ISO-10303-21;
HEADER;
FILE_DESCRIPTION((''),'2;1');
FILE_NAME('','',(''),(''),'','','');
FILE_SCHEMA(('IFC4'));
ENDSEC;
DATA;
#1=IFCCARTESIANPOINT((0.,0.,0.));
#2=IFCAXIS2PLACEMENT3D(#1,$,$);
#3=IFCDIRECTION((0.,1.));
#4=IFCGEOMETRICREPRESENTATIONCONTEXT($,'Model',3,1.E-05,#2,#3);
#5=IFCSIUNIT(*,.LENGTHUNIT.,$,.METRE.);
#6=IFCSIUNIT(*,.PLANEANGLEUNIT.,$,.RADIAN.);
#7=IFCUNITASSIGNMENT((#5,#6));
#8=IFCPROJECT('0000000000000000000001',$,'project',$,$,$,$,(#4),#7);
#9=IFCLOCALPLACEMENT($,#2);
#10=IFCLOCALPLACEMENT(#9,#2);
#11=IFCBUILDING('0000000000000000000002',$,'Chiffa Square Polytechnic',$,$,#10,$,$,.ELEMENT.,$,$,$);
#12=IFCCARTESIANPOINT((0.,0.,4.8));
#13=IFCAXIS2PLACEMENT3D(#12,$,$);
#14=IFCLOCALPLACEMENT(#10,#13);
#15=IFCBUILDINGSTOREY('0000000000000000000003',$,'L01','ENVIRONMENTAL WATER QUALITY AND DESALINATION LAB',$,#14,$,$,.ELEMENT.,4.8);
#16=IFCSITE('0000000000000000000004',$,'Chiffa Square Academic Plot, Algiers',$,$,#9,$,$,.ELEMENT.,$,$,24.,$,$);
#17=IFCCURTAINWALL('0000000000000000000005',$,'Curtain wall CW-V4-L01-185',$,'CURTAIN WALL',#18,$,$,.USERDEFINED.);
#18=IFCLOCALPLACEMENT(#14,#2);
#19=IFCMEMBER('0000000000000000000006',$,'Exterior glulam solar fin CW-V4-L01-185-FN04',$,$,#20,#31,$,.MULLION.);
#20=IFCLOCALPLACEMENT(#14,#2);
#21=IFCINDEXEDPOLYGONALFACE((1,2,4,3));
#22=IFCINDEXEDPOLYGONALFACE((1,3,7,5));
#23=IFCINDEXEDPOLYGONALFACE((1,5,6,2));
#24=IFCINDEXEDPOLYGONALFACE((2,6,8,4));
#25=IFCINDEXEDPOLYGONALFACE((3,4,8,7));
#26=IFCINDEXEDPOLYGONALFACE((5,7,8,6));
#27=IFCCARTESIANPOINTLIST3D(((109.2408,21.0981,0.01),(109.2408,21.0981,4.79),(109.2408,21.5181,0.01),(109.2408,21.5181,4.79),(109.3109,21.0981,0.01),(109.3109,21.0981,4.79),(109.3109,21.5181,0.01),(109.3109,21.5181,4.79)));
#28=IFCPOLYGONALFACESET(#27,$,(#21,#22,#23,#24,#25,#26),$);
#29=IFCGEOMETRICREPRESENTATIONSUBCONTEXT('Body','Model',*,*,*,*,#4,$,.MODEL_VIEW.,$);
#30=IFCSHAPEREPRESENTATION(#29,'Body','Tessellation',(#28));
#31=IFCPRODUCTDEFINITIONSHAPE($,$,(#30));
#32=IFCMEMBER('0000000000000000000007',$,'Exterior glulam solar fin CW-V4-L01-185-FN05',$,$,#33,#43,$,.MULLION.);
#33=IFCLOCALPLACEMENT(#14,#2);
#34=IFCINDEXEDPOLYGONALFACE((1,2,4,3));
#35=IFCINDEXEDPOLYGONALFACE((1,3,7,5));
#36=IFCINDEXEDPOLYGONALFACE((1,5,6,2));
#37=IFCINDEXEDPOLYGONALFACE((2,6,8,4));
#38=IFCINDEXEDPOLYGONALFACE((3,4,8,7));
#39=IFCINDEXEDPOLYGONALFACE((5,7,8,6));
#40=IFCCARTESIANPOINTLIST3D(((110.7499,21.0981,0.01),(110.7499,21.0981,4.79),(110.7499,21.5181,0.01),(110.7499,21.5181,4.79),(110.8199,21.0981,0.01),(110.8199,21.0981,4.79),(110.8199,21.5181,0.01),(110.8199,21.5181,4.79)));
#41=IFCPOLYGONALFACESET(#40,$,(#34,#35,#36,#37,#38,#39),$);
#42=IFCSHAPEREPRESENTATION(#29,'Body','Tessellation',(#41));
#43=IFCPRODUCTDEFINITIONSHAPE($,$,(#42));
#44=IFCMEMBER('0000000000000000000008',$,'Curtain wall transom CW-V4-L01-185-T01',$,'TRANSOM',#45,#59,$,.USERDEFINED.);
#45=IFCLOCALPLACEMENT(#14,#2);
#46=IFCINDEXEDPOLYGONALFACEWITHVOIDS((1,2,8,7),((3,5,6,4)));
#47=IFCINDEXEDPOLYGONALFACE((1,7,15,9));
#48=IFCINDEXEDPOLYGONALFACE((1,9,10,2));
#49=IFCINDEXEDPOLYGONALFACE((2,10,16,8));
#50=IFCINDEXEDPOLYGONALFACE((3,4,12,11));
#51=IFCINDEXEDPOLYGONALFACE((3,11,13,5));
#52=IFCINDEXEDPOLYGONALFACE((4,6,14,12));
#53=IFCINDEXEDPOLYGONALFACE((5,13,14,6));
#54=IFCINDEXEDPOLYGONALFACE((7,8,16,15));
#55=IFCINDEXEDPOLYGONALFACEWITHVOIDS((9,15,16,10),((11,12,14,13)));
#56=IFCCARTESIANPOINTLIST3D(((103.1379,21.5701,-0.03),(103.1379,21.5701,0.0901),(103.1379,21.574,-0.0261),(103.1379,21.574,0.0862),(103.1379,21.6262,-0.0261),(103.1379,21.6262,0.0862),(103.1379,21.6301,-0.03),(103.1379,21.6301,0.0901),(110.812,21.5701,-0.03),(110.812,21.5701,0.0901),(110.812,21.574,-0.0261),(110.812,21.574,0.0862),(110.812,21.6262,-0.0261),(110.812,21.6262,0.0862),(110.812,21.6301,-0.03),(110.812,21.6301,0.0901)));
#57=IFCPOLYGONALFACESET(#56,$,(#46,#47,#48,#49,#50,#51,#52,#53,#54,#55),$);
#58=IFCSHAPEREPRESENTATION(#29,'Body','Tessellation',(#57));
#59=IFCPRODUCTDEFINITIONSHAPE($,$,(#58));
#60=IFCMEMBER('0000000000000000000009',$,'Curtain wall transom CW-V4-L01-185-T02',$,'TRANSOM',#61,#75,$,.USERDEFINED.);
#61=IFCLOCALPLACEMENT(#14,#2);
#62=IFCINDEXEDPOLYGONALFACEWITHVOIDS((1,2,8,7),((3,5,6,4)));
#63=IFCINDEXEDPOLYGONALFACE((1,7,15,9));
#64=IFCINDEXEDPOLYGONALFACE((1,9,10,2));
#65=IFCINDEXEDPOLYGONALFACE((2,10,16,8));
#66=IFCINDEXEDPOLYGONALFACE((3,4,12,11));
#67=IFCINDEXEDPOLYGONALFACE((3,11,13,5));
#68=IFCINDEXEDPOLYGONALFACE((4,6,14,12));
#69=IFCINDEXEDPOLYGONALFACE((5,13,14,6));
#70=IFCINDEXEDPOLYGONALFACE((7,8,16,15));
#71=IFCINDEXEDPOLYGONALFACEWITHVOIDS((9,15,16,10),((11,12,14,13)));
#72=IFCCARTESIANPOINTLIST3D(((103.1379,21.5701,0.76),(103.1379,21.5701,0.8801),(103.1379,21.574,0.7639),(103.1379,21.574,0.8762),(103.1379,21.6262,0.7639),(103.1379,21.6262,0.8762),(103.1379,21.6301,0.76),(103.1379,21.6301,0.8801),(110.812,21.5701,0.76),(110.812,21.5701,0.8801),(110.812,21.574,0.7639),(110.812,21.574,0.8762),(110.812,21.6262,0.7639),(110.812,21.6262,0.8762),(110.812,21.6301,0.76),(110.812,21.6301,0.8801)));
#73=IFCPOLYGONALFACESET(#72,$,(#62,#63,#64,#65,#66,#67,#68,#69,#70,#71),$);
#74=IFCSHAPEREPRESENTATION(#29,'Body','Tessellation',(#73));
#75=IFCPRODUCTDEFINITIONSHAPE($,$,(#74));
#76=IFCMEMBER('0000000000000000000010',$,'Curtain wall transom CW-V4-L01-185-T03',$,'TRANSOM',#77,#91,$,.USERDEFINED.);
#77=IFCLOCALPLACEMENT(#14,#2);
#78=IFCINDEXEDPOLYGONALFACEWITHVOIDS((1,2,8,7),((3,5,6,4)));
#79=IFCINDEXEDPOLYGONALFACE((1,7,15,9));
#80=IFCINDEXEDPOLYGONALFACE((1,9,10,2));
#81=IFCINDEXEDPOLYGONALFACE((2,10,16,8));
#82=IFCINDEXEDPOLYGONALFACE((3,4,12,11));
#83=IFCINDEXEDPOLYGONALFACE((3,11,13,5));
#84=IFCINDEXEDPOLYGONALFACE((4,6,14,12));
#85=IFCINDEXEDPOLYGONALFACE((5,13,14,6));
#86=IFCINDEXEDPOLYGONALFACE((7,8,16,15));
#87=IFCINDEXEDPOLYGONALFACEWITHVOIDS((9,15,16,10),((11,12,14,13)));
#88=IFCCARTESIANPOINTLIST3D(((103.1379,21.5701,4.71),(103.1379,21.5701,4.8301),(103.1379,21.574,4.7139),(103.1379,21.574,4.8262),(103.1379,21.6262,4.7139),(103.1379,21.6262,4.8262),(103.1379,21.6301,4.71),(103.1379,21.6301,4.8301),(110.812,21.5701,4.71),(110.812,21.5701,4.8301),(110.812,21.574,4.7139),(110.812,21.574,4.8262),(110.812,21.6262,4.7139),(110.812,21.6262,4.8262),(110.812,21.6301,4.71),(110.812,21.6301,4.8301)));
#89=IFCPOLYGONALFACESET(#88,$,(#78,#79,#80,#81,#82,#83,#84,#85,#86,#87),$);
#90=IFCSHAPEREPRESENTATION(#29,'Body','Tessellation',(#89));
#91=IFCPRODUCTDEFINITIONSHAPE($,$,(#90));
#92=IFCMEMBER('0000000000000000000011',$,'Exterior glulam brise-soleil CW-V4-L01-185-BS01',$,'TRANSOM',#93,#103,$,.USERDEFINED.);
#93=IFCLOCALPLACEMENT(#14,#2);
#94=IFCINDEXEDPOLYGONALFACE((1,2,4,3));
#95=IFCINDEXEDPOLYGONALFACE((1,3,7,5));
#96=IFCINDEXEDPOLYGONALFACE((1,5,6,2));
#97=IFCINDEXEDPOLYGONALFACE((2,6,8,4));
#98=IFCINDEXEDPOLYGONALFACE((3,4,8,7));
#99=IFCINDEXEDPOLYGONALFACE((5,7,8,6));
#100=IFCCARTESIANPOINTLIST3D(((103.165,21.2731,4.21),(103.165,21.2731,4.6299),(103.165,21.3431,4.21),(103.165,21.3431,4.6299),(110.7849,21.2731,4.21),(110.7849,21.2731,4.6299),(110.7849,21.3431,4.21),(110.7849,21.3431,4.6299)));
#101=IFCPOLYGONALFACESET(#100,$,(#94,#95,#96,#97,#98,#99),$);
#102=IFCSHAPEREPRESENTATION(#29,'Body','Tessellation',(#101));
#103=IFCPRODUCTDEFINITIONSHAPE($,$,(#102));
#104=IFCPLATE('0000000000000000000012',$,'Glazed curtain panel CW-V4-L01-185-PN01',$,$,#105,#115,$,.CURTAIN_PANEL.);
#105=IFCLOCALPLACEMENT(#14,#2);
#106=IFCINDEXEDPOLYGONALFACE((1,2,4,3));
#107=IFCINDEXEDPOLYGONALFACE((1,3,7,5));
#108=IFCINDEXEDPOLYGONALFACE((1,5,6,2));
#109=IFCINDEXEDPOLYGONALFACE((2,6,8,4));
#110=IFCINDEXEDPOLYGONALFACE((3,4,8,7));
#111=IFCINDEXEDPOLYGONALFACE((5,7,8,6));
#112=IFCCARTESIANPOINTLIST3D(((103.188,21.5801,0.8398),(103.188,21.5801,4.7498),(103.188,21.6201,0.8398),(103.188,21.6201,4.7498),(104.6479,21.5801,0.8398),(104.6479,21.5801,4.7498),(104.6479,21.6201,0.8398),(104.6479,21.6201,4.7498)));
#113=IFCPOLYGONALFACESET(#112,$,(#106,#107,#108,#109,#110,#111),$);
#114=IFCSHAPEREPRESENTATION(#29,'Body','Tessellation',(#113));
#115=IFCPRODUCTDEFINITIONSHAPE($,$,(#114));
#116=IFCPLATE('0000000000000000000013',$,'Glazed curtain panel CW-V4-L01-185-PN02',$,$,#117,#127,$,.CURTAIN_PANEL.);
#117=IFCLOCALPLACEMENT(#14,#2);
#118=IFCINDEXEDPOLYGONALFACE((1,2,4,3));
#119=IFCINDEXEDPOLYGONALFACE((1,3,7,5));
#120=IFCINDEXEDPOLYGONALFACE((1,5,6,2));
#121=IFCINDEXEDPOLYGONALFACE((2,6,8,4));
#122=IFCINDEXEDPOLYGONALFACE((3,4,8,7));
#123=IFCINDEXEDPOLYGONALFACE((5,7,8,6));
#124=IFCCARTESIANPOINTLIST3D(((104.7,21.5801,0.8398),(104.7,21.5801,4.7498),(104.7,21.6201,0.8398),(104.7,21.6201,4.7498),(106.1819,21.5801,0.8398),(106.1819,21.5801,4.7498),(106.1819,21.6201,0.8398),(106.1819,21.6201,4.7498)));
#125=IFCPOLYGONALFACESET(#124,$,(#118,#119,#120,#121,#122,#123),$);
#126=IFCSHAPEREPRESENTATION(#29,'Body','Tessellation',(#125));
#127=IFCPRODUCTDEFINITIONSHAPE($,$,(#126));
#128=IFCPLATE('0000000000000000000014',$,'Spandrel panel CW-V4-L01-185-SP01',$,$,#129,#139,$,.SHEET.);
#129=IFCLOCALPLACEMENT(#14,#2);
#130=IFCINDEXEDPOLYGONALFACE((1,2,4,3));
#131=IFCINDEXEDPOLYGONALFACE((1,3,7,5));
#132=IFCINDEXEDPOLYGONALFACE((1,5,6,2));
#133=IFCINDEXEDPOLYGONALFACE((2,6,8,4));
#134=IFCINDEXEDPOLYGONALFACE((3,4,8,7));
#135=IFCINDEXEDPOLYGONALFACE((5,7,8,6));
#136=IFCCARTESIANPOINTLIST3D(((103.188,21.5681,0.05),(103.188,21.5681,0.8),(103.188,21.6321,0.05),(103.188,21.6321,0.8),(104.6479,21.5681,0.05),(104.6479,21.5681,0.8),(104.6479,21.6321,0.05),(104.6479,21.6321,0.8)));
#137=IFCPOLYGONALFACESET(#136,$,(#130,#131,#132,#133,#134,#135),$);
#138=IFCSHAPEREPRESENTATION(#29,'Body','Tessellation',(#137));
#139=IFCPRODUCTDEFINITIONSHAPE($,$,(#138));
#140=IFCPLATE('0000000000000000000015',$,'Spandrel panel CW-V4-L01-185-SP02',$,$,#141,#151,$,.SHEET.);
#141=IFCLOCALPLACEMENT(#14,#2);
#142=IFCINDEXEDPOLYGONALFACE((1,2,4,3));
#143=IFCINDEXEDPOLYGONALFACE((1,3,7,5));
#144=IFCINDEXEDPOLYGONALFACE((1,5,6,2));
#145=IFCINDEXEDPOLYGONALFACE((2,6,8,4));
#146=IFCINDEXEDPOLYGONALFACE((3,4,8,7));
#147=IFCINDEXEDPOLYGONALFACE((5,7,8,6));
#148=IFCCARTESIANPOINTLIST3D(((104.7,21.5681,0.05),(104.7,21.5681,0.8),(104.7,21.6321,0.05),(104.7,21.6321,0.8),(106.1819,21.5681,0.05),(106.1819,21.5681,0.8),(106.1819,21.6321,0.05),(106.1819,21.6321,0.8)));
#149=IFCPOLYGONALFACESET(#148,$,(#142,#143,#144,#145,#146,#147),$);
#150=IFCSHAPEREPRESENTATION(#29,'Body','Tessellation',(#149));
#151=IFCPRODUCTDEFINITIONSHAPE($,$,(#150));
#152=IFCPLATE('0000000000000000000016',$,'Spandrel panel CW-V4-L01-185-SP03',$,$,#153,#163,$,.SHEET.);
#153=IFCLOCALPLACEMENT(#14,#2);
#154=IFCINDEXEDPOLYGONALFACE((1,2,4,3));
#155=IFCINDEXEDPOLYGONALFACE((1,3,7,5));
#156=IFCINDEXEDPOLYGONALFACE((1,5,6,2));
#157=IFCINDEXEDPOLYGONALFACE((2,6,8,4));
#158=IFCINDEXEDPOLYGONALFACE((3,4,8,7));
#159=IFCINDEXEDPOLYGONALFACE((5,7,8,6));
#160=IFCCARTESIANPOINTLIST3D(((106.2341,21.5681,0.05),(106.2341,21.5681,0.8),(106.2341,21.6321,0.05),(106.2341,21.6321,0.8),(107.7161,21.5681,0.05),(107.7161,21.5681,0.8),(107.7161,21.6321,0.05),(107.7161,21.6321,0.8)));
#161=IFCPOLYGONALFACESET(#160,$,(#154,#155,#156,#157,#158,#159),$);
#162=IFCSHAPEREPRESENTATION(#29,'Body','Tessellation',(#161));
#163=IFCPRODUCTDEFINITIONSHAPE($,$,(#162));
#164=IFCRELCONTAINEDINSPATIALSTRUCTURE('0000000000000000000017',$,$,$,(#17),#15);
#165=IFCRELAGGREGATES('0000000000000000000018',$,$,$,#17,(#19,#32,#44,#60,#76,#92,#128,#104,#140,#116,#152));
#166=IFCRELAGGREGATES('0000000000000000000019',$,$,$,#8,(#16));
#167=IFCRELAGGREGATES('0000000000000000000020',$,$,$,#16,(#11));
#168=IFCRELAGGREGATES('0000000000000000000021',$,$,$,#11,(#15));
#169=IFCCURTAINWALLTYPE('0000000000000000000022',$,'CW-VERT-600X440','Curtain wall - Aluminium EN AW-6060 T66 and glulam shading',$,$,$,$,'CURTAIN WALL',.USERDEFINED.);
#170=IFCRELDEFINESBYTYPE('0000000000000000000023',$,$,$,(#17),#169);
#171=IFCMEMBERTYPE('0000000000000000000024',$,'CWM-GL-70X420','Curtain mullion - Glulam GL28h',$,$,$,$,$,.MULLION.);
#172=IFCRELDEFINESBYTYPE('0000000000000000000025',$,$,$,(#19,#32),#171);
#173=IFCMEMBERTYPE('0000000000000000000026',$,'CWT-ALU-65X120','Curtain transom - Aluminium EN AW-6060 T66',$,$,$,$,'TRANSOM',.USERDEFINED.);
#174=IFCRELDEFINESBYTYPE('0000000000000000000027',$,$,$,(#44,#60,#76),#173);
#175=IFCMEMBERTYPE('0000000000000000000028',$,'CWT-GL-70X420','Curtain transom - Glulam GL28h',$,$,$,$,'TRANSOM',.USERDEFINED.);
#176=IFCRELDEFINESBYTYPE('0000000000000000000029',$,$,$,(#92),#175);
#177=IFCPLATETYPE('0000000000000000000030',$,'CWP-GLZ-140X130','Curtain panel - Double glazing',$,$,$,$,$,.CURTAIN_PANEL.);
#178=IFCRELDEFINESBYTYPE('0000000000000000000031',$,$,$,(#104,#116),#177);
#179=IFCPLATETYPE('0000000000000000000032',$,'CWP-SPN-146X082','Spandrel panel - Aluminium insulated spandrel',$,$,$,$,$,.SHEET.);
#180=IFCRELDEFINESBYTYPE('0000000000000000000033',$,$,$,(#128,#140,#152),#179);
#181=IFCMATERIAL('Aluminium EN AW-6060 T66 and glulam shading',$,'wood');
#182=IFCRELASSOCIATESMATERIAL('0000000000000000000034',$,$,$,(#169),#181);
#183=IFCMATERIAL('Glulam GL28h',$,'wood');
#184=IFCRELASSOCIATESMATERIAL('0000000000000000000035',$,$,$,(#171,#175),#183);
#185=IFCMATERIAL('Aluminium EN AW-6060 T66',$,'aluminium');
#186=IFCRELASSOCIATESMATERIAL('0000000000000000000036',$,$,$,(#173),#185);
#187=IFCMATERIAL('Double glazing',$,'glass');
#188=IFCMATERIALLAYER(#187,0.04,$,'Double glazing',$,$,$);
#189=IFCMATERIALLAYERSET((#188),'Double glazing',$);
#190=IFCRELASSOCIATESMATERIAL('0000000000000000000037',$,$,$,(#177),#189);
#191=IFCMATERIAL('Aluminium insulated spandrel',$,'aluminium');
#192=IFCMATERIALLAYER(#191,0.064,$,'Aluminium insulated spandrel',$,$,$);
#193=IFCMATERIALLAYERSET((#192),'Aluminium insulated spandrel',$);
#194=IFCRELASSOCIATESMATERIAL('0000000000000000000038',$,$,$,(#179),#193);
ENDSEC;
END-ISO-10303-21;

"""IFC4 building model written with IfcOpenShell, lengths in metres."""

from ifc_helpers import new_model, si_unit, direction, frame, origin, origin_2d, place, context, subcontext, project, spatial, rectangle, hollow_rectangle, extrude, material, layer, layer_set, material_profile, profile_set, type_object, element, aggregate, save


model = new_model("IFC4")

# Units and contexts
model_context = context("Model", 3, precision=1e-05, world=origin(), true_north=direction((0.0, 1.0)))
body_context = subcontext(model_context, "Body", "Model", "MODEL_VIEW")
ifc_project = project(units=[si_unit("LENGTHUNIT", "METRE"), si_unit("PLANEANGLEUNIT", "RADIAN")], contexts=[model_context])

# Site, building, storey
site_placement = place(None, origin())
site = spatial("IfcSite", under=ifc_project, at=site_placement, Name="Chiffa Square Academic Plot, Algiers", CompositionType="ELEMENT", RefElevation=24.0)
building_placement = place(site_placement, origin())
building = spatial("IfcBuilding", under=site, at=building_placement, Name="Chiffa Square Polytechnic", CompositionType="ELEMENT")
storey_placement = place(building_placement, frame((0.0, 0.0, 4.8)))
storey = spatial("IfcBuildingStorey", under=building, at=storey_placement, Name="L01", Description="ENVIRONMENTAL WATER QUALITY AND DESALINATION LAB", CompositionType="ELEMENT", Elevation=4.8)

# Curtain wall, members, plates
ifc_material_1 = material(Name="Aluminium EN AW-6060 T66 and glulam shading", Category="wood")
curtain_wall_type = type_object("IfcCurtainWallType", Name="CW-VERT-600X440", Description="Curtain wall - Aluminium EN AW-6060 T66 and glulam shading", ElementType="CURTAIN WALL", PredefinedType="USERDEFINED", material=ifc_material_1)
curtain_wall_placement = place(storey_placement, origin())
curtain_wall = element("IfcCurtainWall", 1, at=curtain_wall_placement, inside=storey, type_object=curtain_wall_type, Name="Curtain wall CW-V4-L01-185", ObjectType="CURTAIN WALL", PredefinedType="USERDEFINED")
ifc_material_2 = material(Name="Aluminium EN AW-6060 T66", Category="aluminium")
ifc_material_3 = material(Name="Glulam GL28h", Category="wood")
ifc_material_profile_1 = material_profile(ifc_material_3, rectangle(XDim=0.0701, YDim=0.4199, at=origin_2d()), Name="GL28h 70x420")
ifc_profile_set_1 = profile_set([ifc_material_profile_1], Name="Glulam GL28h")
member_type_1 = type_object("IfcMemberType", Name="CWM-GL-70X420", Description="Curtain mullion - Glulam GL28h", PredefinedType="MULLION", material=ifc_profile_set_1)
member_1_placement = place(storey_placement, frame((109.2759, 21.3081, 0.01), z_axis=(0.0, 0.0, 1.0), x_axis=(1.0, 0.0, 0.0)))
member_1 = element("IfcMember", 2, at=member_1_placement, type_object=member_type_1, Name="Exterior glulam solar fin CW-V4-L01-185-FN04", PredefinedType="MULLION", context=body_context, shape_type="SweptSolid", body=[
    extrude(rectangle(XDim=0.0701, YDim=0.4199, at=origin_2d()), origin(), (0.0, 0.0, 1.0), 4.78),
])
member_2_placement = place(storey_placement, frame((110.7849, 21.3081, 0.01), z_axis=(0.0, 0.0, 1.0), x_axis=(1.0, 0.0, 0.0)))
member_2 = element("IfcMember", 3, at=member_2_placement, type_object=member_type_1, Name="Exterior glulam solar fin CW-V4-L01-185-FN05", PredefinedType="MULLION", context=body_context, shape_type="SweptSolid", body=[
    extrude(rectangle(XDim=0.0701, YDim=0.4199, at=origin_2d()), origin(), (0.0, 0.0, 1.0), 4.78),
])
ifc_material_profile_2 = material_profile(ifc_material_2, hollow_rectangle(XDim=0.0601, YDim=0.1201, WallThickness=0.0039, at=origin_2d()), Name="ALU 60x120x4")
ifc_profile_set_2 = profile_set([ifc_material_profile_2], Name="Aluminium EN AW-6060 T66")
member_type_2 = type_object("IfcMemberType", Name="CWT-ALU-65X120", Description="Curtain transom - Aluminium EN AW-6060 T66", ElementType="TRANSOM", PredefinedType="USERDEFINED", material=ifc_profile_set_2)
member_3_placement = place(storey_placement, frame((103.1379, 21.6001, 0.03), z_axis=(1.0, 0.0, 0.0), x_axis=(0.0, 1.0, 0.0)))
member_3 = element("IfcMember", 4, at=member_3_placement, type_object=member_type_2, Name="Curtain wall transom CW-V4-L01-185-T01", ObjectType="TRANSOM", PredefinedType="USERDEFINED", context=body_context, shape_type="SweptSolid", body=[
    extrude(hollow_rectangle(XDim=0.0601, YDim=0.1201, WallThickness=0.0039, at=origin_2d()), origin(), (0.0, 0.0, 1.0), 7.6741),
])
member_4_placement = place(storey_placement, frame((103.1379, 21.6001, 0.8201), z_axis=(1.0, 0.0, 0.0), x_axis=(0.0, 1.0, 0.0)))
member_4 = element("IfcMember", 5, at=member_4_placement, type_object=member_type_2, Name="Curtain wall transom CW-V4-L01-185-T02", ObjectType="TRANSOM", PredefinedType="USERDEFINED", context=body_context, shape_type="SweptSolid", body=[
    extrude(hollow_rectangle(XDim=0.0601, YDim=0.1201, WallThickness=0.0039, at=origin_2d()), origin(), (0.0, 0.0, 1.0), 7.6741),
])
member_5_placement = place(storey_placement, frame((103.1379, 21.6001, 4.77), z_axis=(1.0, 0.0, 0.0), x_axis=(0.0, 1.0, 0.0)))
member_5 = element("IfcMember", 6, at=member_5_placement, type_object=member_type_2, Name="Curtain wall transom CW-V4-L01-185-T03", ObjectType="TRANSOM", PredefinedType="USERDEFINED", context=body_context, shape_type="SweptSolid", body=[
    extrude(hollow_rectangle(XDim=0.0601, YDim=0.1201, WallThickness=0.0039, at=origin_2d()), origin(), (0.0, 0.0, 1.0), 7.6741),
])
ifc_material_profile_3 = material_profile(ifc_material_3, rectangle(XDim=0.0701, YDim=0.4199, at=origin_2d()), Name="GL28h 70x420")
ifc_profile_set_3 = profile_set([ifc_material_profile_3], Name="Glulam GL28h")
member_type_3 = type_object("IfcMemberType", Name="CWT-GL-70X420", Description="Curtain transom - Glulam GL28h", ElementType="TRANSOM", PredefinedType="USERDEFINED", material=ifc_profile_set_3)
member_6_placement = place(storey_placement, frame((103.165, 21.3081, 4.4199), z_axis=(1.0, 0.0, 0.0), x_axis=(0.0, 1.0, 0.0)))
member_6 = element("IfcMember", 7, at=member_6_placement, type_object=member_type_3, Name="Exterior glulam brise-soleil CW-V4-L01-185-BS01", ObjectType="TRANSOM", PredefinedType="USERDEFINED", context=body_context, shape_type="SweptSolid", body=[
    extrude(rectangle(XDim=0.0701, YDim=0.4199, at=origin_2d()), origin(), (0.0, 0.0, 1.0), 7.6199),
])
ifc_material_4 = material(Name="Double glazing", Category="glass")
ifc_layer_1 = layer(ifc_material_4, 0.04, Name="Double glazing")
ifc_layer_set_1 = layer_set([ifc_layer_1], Name="Double glazing")
plate_type_1 = type_object("IfcPlateType", Name="CWP-GLZ-140X130", Description="Curtain panel - Double glazing", PredefinedType="CURTAIN_PANEL", material=ifc_layer_set_1)
plate_1_placement = place(storey_placement, frame((103.918, 21.6001, 0.8398), z_axis=(0.0, 0.0, 1.0), x_axis=(1.0, 0.0, 0.0)))
plate_1 = element("IfcPlate", 8, at=plate_1_placement, type_object=plate_type_1, Name="Glazed curtain panel CW-V4-L01-185-PN01", PredefinedType="CURTAIN_PANEL", context=body_context, shape_type="SweptSolid", body=[
    extrude(rectangle(XDim=1.46, YDim=0.04, at=origin_2d()), origin(), (0.0, 0.0, 1.0), 3.9099),
])
plate_2_placement = place(storey_placement, frame((105.4409, 21.6001, 0.8398), z_axis=(0.0, 0.0, 1.0), x_axis=(1.0, 0.0, 0.0)))
plate_2 = element("IfcPlate", 9, at=plate_2_placement, type_object=plate_type_1, Name="Glazed curtain panel CW-V4-L01-185-PN02", PredefinedType="CURTAIN_PANEL", context=body_context, shape_type="SweptSolid", body=[
    extrude(rectangle(XDim=1.4819, YDim=0.04, at=origin_2d()), origin(), (0.0, 0.0, 1.0), 3.9099),
])
ifc_material_5 = material(Name="Aluminium insulated spandrel", Category="aluminium")
ifc_layer_2 = layer(ifc_material_5, 0.064, Name="Aluminium insulated spandrel")
ifc_layer_set_2 = layer_set([ifc_layer_2], Name="Aluminium insulated spandrel")
plate_type_2 = type_object("IfcPlateType", Name="CWP-SPN-146X082", Description="Spandrel panel - Aluminium insulated spandrel", PredefinedType="SHEET", material=ifc_layer_set_2)
plate_3_placement = place(storey_placement, frame((103.918, 21.6001, 0.05), z_axis=(0.0, 0.0, 1.0), x_axis=(1.0, 0.0, 0.0)))
plate_3 = element("IfcPlate", 10, at=plate_3_placement, type_object=plate_type_2, Name="Spandrel panel CW-V4-L01-185-SP01", PredefinedType="SHEET", context=body_context, shape_type="SweptSolid", body=[
    extrude(rectangle(XDim=1.46, YDim=0.064, at=origin_2d()), origin(), (0.0, 0.0, 1.0), 0.75),
])
plate_4_placement = place(storey_placement, frame((105.4409, 21.6001, 0.05), z_axis=(0.0, 0.0, 1.0), x_axis=(1.0, 0.0, 0.0)))
plate_4 = element("IfcPlate", 11, at=plate_4_placement, type_object=plate_type_2, Name="Spandrel panel CW-V4-L01-185-SP02", PredefinedType="SHEET", context=body_context, shape_type="SweptSolid", body=[
    extrude(rectangle(XDim=1.4819, YDim=0.064, at=origin_2d()), origin(), (0.0, 0.0, 1.0), 0.75),
])
plate_5_placement = place(storey_placement, frame((106.9751, 21.6001, 0.05), z_axis=(0.0, 0.0, 1.0), x_axis=(1.0, 0.0, 0.0)))
plate_5 = element("IfcPlate", 12, at=plate_5_placement, type_object=plate_type_2, Name="Spandrel panel CW-V4-L01-185-SP03", PredefinedType="SHEET", context=body_context, shape_type="SweptSolid", body=[
    extrude(rectangle(XDim=1.4819, YDim=0.064, at=origin_2d()), origin(), (0.0, 0.0, 1.0), 0.75),
])
aggregate(curtain_wall, [member_1, member_2, member_3, member_4, member_5, member_6, plate_3, plate_1, plate_4, plate_2, plate_5])

save(model, "model.ifc")
